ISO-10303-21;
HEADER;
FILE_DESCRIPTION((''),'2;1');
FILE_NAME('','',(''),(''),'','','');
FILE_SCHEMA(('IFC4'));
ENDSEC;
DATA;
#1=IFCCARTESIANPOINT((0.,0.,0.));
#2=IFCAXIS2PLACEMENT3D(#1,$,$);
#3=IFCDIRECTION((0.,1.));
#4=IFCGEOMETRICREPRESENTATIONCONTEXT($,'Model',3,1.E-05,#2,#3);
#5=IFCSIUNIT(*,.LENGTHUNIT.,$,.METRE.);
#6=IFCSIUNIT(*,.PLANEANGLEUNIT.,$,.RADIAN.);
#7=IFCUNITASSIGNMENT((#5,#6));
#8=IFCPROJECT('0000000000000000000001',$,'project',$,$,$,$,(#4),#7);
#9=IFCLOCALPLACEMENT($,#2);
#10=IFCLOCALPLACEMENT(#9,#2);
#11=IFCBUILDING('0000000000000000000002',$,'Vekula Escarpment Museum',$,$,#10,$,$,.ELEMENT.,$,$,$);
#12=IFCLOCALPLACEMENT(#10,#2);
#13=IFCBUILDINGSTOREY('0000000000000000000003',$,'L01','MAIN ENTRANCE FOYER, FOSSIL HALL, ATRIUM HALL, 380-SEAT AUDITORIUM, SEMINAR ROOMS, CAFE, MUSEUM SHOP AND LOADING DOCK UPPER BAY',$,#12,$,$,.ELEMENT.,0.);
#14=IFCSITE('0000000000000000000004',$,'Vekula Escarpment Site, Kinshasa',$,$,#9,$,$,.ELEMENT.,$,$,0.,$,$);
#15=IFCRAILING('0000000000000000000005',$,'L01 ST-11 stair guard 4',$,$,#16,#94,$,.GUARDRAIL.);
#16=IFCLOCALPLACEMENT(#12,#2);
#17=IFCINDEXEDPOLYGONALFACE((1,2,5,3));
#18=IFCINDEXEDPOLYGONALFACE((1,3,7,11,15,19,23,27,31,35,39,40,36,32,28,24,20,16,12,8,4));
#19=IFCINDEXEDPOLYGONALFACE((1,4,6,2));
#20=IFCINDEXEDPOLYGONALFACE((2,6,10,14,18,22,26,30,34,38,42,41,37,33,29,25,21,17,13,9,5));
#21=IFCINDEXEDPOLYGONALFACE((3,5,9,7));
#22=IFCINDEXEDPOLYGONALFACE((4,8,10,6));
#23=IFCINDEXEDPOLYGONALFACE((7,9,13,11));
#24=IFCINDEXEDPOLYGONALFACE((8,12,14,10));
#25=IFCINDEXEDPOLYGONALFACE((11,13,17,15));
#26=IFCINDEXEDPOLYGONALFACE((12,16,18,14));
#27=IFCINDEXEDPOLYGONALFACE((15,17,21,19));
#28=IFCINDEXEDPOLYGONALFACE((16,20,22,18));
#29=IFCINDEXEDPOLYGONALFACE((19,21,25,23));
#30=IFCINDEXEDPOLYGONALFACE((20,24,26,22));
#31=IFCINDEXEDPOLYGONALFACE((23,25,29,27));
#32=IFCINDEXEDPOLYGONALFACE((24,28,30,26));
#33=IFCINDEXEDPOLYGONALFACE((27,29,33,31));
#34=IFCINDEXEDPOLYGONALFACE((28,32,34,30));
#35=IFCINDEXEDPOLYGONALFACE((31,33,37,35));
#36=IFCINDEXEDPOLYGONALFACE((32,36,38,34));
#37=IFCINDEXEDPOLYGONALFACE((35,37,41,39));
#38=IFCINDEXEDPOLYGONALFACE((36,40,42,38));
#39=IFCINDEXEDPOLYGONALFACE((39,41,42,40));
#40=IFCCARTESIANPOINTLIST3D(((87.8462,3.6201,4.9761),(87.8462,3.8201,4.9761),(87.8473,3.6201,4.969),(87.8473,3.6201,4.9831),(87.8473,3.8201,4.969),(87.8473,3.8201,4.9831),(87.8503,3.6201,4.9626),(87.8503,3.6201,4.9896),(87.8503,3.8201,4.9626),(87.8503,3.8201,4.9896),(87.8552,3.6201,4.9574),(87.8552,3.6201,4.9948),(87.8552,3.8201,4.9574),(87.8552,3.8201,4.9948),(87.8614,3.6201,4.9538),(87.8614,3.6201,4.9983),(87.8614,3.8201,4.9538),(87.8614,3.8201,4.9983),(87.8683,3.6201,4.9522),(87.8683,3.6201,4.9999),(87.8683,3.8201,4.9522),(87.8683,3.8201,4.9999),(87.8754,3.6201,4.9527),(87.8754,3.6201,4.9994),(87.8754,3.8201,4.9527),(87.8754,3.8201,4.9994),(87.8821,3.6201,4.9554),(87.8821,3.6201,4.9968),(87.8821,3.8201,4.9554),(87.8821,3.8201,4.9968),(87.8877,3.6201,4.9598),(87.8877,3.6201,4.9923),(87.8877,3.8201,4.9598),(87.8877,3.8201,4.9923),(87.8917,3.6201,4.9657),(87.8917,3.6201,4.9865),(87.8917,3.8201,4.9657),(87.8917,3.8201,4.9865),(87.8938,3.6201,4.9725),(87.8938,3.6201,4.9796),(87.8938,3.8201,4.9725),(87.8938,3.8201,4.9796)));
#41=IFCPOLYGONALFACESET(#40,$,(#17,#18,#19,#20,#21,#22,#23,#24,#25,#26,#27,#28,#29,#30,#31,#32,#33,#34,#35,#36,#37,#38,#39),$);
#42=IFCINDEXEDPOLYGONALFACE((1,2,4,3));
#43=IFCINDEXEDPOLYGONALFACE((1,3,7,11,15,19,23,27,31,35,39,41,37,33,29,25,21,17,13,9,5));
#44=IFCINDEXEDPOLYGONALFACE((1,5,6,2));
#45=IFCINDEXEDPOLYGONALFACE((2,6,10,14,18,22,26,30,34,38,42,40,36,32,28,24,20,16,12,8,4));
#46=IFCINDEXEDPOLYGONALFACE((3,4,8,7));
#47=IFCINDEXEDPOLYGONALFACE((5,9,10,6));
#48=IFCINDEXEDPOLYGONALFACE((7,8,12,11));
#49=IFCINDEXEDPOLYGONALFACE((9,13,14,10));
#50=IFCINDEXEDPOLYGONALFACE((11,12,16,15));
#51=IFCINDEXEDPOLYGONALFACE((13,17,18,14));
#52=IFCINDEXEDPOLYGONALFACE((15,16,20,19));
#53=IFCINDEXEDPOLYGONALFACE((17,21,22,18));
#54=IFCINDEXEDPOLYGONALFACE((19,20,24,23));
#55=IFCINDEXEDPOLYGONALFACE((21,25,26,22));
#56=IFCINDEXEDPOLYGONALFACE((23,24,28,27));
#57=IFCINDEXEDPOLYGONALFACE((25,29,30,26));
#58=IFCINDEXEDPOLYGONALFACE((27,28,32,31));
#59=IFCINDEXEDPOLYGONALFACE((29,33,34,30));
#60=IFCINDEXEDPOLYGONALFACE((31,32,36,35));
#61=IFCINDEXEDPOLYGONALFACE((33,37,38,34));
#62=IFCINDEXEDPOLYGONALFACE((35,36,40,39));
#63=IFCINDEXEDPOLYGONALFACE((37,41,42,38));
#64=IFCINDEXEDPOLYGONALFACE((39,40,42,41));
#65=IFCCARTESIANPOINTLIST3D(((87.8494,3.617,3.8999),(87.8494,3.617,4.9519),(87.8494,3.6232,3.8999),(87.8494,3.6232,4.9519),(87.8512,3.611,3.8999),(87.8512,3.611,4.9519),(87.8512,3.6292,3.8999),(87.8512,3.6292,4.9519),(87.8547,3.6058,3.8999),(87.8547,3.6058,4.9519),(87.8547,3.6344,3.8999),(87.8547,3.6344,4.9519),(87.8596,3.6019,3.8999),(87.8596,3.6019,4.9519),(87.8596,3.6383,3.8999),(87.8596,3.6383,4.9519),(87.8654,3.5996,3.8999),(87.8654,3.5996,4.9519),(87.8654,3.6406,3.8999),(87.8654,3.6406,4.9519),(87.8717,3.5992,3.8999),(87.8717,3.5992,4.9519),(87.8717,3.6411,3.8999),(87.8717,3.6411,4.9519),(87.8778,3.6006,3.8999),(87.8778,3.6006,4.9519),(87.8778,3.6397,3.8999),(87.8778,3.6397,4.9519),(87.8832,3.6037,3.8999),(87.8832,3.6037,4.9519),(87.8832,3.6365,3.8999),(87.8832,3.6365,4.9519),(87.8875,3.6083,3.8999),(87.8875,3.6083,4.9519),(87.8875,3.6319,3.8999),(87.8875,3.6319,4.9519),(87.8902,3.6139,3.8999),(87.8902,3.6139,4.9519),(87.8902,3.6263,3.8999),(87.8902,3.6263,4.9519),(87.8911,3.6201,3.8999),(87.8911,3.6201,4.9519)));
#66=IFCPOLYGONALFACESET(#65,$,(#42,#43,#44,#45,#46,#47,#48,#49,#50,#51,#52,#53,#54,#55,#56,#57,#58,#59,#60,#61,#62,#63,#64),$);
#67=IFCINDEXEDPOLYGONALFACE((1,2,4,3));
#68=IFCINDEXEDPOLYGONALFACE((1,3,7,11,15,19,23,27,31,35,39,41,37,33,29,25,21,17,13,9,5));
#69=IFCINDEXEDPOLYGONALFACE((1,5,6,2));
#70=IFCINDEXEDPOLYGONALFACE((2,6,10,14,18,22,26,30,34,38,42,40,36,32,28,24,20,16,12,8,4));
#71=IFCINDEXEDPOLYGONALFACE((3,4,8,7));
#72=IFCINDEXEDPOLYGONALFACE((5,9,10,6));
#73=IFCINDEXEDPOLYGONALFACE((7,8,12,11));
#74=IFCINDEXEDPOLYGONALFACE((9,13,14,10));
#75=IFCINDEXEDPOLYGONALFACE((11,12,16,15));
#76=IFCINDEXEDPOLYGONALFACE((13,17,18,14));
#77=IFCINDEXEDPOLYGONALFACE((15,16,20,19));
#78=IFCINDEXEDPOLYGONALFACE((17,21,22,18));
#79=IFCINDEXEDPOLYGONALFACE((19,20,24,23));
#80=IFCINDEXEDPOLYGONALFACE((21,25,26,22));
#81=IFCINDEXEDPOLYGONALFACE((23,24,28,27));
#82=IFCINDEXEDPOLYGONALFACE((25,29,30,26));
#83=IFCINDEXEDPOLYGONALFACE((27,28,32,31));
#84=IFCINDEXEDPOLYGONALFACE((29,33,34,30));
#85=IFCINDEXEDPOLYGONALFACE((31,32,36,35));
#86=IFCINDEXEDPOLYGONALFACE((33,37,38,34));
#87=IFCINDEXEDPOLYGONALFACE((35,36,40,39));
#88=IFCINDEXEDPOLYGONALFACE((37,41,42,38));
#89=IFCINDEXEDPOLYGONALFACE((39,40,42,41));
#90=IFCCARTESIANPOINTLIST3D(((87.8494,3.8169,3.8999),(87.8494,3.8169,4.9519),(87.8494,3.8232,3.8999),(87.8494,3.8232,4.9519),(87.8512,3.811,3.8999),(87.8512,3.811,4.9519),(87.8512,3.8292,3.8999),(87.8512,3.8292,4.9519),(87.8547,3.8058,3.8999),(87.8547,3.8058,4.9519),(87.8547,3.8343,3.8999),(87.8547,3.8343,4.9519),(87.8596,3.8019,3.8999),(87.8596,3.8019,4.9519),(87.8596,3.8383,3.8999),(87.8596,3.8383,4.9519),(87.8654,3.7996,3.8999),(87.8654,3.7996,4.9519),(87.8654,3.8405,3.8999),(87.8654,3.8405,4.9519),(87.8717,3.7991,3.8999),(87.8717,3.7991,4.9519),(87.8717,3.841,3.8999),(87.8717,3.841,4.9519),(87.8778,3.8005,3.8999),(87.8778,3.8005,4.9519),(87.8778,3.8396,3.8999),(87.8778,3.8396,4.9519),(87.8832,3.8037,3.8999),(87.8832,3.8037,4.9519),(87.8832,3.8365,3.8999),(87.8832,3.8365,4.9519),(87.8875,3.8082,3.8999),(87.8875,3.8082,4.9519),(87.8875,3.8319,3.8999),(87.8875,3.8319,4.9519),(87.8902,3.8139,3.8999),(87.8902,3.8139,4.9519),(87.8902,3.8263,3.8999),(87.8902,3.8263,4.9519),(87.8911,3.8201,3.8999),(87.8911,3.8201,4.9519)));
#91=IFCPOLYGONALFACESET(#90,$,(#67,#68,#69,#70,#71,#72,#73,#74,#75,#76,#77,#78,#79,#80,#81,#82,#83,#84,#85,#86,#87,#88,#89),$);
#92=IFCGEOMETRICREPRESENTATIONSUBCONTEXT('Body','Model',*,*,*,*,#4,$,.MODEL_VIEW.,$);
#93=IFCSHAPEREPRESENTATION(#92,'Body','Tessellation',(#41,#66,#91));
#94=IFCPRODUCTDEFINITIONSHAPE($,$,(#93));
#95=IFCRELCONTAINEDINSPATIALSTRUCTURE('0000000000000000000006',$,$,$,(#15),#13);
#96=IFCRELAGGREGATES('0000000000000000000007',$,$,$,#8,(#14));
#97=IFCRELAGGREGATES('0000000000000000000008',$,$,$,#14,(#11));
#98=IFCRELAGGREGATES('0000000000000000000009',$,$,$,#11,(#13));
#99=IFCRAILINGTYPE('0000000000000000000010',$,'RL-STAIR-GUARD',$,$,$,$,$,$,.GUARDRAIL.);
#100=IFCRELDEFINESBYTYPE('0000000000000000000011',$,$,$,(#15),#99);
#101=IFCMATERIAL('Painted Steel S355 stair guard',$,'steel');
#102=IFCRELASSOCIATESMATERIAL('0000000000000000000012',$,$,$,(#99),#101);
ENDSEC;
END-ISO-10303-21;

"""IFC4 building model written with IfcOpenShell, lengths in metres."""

from ifc_helpers import new_model, si_unit, direction, frame, origin, origin_2d, place, context, subcontext, project, spatial, circle, extrude, material, type_object, element, save


model = new_model("IFC4")

# Units and contexts
model_context = context("Model", 3, precision=1e-05, world=origin(), true_north=direction((0.0, 1.0)))
body_context = subcontext(model_context, "Body", "Model", "MODEL_VIEW")
ifc_project = project(units=[si_unit("LENGTHUNIT", "METRE"), si_unit("PLANEANGLEUNIT", "RADIAN")], contexts=[model_context])

# Site, building, storey
site_placement = place(None, origin())
site = spatial("IfcSite", under=ifc_project, at=site_placement, Name="Vekula Escarpment Site, Kinshasa", CompositionType="ELEMENT", RefElevation=0.0)
building_placement = place(site_placement, origin())
building = spatial("IfcBuilding", under=site, at=building_placement, Name="Vekula Escarpment Museum", CompositionType="ELEMENT")
storey_placement = place(building_placement, origin())
storey = spatial("IfcBuildingStorey", under=building, at=storey_placement, Name="L01", Description="MAIN ENTRANCE FOYER, FOSSIL HALL, ATRIUM HALL, 380-SEAT AUDITORIUM, SEMINAR ROOMS, CAFE, MUSEUM SHOP AND LOADING DOCK UPPER BAY", CompositionType="ELEMENT", Elevation=0.0)

# Railing
ifc_material_1 = material(Name="Painted Steel S355 stair guard", Category="steel")
railing_type_1 = type_object("IfcRailingType", Name="RL-STAIR-GUARD", PredefinedType="GUARDRAIL", material=ifc_material_1)
railing_1_placement = place(storey_placement, frame((87.8701, 3.6201, 3.8999)))
element("IfcRailing", 1, at=railing_1_placement, inside=storey, type_object=railing_type_1, Name="L01 ST-11 stair guard 4", PredefinedType="GUARDRAIL", context=body_context, shape_type="SweptSolid", body=[
    extrude(circle(Radius=0.0239, at=origin_2d()), frame((0.0, 0.0, 1.0762), z_axis=(0.0, 1.0, 0.0), x_axis=(-1.0, 0.0, 0.0)), (0.0, 0.0, 1.0), 0.2),
    extrude(circle(Radius=0.021, at=origin_2d()), origin(), (0.0, 0.0, 1.0), 1.052),
    extrude(circle(Radius=0.021, at=origin_2d()), frame((0.0, 0.2, 0.0)), (0.0, 0.0, 1.0), 1.052),
])

save(model, "model.ifc")
